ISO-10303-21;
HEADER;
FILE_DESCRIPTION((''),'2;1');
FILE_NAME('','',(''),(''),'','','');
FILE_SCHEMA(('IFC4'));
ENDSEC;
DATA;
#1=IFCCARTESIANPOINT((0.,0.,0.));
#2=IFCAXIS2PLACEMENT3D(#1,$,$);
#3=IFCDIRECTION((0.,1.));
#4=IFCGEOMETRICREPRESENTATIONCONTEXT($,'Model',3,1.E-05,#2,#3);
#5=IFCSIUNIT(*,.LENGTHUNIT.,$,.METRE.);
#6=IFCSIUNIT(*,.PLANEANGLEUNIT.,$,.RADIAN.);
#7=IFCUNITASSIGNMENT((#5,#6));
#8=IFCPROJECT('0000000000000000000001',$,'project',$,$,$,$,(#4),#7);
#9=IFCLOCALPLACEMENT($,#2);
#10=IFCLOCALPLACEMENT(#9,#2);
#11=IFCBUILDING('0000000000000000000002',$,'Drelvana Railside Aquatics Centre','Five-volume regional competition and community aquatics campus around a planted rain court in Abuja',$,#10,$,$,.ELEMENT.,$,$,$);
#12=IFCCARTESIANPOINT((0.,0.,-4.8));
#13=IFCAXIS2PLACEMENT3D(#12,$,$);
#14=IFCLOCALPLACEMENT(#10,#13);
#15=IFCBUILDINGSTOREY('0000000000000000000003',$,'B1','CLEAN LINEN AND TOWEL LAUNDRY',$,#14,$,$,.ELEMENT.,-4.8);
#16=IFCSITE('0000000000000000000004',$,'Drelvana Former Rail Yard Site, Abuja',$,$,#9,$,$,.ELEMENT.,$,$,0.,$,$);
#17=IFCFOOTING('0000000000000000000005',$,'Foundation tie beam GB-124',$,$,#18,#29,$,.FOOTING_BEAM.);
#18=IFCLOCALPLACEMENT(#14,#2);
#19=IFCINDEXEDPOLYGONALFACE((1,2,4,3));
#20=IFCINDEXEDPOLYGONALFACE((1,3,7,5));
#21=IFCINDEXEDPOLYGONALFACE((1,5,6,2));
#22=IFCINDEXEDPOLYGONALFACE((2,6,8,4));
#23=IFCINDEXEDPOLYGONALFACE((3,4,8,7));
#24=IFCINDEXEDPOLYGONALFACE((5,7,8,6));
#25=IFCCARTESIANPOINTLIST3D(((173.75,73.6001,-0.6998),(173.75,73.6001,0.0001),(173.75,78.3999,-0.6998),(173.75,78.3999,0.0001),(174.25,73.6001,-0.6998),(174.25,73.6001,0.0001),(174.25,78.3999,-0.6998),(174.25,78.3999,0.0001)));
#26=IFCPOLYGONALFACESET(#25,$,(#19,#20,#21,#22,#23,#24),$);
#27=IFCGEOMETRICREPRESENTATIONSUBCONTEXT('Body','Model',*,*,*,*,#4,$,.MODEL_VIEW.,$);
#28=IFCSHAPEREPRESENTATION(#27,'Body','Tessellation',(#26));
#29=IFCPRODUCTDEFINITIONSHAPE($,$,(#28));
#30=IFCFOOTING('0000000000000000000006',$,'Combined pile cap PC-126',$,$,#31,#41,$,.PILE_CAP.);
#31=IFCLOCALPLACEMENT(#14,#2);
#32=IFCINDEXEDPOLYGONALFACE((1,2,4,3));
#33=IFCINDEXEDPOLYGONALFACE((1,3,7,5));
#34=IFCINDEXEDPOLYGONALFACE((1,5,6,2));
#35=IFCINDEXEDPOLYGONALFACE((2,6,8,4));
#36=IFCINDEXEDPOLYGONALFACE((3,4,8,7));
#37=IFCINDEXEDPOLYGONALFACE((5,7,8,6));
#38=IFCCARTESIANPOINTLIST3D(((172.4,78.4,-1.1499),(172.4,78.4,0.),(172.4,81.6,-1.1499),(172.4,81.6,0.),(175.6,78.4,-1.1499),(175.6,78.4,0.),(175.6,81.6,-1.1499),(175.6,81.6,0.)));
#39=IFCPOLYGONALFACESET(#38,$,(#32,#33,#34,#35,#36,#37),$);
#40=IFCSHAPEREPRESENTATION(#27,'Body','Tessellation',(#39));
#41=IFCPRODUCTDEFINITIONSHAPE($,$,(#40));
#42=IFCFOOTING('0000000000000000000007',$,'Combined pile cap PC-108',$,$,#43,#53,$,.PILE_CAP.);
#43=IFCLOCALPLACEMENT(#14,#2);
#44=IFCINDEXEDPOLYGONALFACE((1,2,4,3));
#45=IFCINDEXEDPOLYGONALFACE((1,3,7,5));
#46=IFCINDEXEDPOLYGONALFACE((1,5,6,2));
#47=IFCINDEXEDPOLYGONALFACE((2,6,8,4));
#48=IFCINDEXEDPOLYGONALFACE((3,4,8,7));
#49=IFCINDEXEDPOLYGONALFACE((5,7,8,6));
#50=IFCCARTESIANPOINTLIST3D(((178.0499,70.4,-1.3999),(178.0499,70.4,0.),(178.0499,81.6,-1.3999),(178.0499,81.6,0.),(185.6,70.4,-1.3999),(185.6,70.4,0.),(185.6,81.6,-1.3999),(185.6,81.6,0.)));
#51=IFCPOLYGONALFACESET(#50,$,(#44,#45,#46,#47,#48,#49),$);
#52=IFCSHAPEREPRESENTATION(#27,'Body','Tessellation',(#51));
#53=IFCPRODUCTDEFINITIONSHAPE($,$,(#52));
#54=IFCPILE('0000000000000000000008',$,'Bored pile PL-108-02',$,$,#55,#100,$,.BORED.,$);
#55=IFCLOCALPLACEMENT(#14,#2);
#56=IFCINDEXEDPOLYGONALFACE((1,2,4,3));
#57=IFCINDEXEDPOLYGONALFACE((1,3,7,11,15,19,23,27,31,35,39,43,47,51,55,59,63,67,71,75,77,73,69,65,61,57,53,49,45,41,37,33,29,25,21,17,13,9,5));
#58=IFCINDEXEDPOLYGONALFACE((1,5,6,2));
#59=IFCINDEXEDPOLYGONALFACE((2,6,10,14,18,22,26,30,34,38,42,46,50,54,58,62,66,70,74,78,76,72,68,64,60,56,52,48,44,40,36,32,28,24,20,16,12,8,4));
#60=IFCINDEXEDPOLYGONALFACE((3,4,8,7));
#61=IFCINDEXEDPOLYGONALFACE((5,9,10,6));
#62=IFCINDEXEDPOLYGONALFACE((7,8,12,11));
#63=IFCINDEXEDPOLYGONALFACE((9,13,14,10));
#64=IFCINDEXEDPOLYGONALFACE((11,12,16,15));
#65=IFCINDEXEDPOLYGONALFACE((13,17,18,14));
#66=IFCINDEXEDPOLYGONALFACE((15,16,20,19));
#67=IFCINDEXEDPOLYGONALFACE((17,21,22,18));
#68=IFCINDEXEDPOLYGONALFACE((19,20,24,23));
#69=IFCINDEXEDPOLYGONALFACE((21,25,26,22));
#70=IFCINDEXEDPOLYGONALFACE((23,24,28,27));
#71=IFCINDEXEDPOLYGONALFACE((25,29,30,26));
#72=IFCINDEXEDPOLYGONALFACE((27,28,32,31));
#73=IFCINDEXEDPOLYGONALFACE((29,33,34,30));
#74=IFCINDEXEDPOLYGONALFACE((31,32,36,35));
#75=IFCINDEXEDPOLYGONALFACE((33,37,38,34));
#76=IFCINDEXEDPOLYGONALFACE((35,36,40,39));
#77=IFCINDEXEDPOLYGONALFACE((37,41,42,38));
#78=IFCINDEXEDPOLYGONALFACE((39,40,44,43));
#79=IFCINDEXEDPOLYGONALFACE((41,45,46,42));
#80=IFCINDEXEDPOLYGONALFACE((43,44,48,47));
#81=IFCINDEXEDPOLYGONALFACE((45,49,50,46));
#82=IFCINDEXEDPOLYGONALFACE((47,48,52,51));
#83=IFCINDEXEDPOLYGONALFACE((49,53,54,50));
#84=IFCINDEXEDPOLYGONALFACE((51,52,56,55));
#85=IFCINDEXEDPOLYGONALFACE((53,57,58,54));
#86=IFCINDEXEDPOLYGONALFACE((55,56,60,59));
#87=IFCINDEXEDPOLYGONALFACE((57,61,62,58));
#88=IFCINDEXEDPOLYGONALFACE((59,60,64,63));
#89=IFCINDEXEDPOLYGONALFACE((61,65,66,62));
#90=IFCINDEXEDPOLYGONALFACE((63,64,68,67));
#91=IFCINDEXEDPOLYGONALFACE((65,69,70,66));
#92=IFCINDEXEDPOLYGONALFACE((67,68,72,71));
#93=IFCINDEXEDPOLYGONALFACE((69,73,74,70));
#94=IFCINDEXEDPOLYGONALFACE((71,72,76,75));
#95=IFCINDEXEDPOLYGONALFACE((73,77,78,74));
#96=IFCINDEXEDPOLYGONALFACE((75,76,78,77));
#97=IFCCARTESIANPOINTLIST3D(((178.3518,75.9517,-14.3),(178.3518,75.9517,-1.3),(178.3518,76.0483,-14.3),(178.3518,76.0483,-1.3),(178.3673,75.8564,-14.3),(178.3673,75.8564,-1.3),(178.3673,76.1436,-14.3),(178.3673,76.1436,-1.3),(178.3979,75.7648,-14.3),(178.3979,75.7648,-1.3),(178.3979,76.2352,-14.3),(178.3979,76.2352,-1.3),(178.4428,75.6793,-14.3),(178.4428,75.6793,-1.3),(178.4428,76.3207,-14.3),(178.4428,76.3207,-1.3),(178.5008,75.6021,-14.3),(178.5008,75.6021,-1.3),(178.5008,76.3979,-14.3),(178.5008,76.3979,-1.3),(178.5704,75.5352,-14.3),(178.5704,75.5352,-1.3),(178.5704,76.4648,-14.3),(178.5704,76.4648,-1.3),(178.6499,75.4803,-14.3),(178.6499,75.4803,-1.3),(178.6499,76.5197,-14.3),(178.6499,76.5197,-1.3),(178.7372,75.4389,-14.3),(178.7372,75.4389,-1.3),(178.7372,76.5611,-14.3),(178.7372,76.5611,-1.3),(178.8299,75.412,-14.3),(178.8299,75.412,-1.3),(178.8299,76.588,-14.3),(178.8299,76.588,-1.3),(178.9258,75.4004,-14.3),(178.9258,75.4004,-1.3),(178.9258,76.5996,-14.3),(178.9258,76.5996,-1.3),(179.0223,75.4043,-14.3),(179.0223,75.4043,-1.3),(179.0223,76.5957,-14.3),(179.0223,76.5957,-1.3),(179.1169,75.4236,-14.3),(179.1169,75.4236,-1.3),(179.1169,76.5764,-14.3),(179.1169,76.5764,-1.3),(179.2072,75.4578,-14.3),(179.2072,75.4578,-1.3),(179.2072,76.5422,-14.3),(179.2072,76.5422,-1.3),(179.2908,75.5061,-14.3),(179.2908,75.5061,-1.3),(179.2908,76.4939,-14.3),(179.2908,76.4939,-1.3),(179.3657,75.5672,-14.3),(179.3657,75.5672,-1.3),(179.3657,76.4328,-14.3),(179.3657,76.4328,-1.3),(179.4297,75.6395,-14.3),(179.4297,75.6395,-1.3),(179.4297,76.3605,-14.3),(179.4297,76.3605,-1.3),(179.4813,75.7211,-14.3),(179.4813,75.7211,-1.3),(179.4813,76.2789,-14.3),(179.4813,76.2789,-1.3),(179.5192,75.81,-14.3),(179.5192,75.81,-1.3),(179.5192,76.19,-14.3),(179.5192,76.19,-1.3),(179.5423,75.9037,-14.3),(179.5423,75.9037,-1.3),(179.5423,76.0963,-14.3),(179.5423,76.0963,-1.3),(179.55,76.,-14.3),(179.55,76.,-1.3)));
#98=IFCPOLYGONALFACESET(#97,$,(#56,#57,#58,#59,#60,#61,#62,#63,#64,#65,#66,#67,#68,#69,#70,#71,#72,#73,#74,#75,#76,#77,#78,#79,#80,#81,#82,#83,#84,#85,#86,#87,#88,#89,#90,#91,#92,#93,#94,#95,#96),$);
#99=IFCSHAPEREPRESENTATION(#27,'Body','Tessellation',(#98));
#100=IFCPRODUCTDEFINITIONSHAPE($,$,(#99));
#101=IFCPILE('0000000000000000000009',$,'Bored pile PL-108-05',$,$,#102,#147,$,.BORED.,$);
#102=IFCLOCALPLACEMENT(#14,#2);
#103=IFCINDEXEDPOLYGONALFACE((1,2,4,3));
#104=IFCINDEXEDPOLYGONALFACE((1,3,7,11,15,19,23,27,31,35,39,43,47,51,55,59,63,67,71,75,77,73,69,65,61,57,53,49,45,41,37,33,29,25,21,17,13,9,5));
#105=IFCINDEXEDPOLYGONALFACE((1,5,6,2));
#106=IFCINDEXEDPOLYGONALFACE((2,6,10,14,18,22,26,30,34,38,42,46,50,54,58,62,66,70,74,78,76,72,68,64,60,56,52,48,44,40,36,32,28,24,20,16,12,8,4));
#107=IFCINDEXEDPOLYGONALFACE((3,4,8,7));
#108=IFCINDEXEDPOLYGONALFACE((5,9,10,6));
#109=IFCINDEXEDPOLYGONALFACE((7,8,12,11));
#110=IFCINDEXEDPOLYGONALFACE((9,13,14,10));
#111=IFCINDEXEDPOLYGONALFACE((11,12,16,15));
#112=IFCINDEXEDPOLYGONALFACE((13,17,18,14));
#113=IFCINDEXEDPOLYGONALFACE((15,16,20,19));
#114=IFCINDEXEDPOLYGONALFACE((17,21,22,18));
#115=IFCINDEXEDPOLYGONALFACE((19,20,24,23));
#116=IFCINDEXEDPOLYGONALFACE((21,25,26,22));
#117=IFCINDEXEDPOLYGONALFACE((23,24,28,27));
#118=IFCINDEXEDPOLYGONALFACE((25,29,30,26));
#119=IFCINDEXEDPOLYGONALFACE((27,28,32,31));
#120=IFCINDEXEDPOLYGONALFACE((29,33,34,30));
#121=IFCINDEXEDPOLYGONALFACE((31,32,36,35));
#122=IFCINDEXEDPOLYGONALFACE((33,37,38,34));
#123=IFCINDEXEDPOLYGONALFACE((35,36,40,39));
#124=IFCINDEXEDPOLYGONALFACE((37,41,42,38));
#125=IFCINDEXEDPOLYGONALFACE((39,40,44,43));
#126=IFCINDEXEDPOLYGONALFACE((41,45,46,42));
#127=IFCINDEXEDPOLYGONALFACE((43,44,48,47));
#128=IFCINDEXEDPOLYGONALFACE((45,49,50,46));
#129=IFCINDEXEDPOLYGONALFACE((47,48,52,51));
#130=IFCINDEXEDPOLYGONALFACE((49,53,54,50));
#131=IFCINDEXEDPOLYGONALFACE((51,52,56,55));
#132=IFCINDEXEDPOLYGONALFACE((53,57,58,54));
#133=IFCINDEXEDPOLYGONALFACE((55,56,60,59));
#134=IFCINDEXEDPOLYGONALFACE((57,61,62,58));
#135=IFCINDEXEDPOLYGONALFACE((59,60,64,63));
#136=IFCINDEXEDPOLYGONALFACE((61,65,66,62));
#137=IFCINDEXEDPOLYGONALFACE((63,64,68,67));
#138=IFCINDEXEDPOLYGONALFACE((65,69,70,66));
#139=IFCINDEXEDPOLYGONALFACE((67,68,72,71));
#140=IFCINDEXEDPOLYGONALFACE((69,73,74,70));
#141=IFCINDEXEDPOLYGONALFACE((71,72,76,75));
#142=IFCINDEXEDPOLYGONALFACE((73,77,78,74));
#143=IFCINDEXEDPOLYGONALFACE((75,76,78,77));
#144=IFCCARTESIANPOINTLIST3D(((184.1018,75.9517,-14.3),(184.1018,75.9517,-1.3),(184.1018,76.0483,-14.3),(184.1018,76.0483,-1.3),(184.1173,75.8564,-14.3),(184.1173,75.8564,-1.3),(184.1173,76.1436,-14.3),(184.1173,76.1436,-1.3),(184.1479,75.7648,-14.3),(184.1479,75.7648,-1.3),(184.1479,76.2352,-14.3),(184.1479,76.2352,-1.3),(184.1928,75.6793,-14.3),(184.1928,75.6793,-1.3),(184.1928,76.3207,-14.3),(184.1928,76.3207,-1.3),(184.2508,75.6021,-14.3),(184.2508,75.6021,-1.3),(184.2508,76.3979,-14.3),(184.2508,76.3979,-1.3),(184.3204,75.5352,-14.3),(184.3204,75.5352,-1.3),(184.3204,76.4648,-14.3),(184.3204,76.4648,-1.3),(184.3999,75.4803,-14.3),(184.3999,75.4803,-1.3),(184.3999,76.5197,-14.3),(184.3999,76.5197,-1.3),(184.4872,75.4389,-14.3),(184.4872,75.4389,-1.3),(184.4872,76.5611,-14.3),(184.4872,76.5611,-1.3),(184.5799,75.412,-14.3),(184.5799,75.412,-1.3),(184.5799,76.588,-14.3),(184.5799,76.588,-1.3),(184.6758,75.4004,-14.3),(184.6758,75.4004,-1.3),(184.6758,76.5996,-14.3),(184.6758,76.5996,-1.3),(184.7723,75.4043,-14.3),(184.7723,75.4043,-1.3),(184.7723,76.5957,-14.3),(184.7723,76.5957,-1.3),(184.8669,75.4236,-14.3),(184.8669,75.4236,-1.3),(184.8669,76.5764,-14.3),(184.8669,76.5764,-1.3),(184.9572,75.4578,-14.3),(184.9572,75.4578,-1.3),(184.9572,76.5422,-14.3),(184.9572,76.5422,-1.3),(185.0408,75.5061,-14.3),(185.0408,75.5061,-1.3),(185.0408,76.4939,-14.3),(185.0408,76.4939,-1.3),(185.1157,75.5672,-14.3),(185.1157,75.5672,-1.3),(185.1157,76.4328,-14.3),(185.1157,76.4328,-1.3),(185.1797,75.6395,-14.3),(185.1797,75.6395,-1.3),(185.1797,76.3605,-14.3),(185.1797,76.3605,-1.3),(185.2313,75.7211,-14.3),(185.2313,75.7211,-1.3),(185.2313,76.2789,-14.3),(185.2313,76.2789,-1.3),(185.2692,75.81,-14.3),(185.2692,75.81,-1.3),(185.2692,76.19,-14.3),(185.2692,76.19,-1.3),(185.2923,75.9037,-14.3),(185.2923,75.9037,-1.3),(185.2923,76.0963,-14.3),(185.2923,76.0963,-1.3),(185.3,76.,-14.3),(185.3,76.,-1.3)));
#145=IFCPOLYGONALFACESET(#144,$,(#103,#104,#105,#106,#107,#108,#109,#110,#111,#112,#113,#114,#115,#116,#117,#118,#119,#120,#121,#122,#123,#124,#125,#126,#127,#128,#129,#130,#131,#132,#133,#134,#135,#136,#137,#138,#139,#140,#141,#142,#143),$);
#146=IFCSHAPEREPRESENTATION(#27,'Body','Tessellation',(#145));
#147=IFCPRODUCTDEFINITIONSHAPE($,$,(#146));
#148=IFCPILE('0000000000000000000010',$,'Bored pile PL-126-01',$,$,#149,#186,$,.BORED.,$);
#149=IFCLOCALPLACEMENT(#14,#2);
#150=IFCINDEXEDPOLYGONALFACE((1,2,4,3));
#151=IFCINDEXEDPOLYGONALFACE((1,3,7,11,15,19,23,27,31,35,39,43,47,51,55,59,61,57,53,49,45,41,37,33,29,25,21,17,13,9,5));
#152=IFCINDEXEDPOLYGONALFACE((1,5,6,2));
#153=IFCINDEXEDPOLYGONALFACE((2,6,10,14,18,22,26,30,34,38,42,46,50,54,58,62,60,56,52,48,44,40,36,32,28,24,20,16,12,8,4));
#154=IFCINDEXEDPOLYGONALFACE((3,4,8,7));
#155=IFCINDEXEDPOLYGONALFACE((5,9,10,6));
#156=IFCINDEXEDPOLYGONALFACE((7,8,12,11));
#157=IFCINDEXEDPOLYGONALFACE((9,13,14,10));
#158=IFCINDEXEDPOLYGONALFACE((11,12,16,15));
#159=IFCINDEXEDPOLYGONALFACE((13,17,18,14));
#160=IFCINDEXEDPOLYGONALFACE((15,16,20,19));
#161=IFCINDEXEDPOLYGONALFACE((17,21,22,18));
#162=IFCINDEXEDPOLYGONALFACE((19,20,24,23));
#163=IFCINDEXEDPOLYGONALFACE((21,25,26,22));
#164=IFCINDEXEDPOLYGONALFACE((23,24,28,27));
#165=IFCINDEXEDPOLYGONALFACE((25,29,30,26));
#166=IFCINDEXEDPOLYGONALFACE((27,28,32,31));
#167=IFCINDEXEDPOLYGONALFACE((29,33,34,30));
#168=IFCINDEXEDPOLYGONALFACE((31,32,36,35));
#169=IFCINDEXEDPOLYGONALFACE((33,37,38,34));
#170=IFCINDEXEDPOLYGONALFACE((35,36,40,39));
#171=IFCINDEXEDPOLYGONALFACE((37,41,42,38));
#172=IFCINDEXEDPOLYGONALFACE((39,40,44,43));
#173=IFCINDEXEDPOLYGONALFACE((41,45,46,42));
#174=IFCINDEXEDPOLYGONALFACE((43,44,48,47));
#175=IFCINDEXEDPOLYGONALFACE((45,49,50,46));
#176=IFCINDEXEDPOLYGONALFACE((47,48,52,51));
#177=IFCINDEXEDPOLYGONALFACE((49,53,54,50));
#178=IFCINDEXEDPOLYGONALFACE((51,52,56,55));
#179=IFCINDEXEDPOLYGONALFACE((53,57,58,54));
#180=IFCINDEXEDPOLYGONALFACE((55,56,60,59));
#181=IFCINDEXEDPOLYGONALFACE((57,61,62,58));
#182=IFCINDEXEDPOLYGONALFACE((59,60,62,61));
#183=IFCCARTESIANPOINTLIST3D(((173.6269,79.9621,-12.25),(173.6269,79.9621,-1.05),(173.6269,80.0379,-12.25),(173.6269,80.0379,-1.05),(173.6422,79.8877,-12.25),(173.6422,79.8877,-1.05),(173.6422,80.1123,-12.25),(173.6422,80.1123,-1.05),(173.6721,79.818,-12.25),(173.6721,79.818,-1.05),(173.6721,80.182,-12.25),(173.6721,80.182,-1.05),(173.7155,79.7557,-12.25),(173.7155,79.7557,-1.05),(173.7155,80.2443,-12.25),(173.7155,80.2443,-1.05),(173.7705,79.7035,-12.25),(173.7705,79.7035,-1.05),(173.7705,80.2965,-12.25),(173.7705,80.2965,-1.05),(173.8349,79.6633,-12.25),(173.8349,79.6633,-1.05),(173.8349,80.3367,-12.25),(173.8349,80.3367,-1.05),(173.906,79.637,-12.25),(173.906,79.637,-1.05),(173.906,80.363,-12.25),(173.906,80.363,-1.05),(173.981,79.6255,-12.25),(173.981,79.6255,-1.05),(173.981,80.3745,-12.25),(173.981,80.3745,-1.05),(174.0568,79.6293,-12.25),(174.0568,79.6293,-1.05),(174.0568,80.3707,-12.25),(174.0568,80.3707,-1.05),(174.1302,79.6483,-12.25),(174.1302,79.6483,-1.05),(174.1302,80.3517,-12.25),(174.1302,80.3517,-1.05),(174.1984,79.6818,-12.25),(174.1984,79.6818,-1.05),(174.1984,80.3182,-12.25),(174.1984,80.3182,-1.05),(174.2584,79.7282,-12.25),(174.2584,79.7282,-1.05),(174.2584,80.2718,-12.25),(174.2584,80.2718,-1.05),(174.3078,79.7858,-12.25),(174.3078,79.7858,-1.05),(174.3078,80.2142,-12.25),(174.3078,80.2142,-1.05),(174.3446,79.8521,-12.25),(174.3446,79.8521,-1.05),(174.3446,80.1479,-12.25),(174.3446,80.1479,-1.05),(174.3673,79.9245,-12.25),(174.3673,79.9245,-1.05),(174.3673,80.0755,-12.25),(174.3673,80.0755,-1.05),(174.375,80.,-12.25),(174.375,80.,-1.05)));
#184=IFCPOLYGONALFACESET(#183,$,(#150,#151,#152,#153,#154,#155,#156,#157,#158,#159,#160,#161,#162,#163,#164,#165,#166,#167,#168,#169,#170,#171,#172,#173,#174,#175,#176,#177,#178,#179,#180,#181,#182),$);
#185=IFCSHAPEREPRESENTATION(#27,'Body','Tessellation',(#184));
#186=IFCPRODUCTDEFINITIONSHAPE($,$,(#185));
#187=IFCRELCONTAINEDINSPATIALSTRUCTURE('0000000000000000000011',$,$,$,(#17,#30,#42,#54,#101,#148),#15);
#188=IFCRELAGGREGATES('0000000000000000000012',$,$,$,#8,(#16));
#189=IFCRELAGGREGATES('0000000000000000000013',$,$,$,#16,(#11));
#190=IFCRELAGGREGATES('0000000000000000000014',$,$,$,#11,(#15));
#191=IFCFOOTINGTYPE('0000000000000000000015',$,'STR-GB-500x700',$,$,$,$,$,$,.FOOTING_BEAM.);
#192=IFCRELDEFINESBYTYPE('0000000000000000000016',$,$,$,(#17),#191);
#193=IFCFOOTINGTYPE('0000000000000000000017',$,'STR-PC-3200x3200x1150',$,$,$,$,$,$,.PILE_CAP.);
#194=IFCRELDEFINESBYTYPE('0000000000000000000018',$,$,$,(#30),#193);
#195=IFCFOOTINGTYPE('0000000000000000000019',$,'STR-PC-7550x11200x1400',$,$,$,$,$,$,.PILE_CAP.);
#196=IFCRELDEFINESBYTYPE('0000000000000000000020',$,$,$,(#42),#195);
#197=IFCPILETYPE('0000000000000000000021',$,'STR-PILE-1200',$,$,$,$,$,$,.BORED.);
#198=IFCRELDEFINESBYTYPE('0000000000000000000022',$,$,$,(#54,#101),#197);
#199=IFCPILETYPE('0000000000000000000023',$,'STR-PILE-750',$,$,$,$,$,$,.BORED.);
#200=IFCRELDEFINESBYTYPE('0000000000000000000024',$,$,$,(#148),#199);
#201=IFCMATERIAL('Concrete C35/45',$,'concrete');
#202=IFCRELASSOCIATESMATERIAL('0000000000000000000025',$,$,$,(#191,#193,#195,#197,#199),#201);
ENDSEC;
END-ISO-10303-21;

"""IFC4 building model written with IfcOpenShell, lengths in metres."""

from ifc_helpers import new_model, si_unit, direction, frame, origin, origin_2d, place, context, subcontext, project, spatial, rectangle, circle, extrude, material, material_profile, profile_set, type_object, element, save


model = new_model("IFC4")

# Units and contexts
model_context = context("Model", 3, precision=1e-05, world=origin(), true_north=direction((0.0, 1.0)))
body_context = subcontext(model_context, "Body", "Model", "MODEL_VIEW")
ifc_project = project(units=[si_unit("LENGTHUNIT", "METRE"), si_unit("PLANEANGLEUNIT", "RADIAN")], contexts=[model_context])

# Site, building, storey
site_placement = place(None, origin())
site = spatial("IfcSite", under=ifc_project, at=site_placement, Name="Drelvana Former Rail Yard Site, Abuja", CompositionType="ELEMENT", RefElevation=0.0)
building_placement = place(site_placement, origin())
building = spatial("IfcBuilding", under=site, at=building_placement, Name="Drelvana Railside Aquatics Centre", Description="Five-volume regional competition and community aquatics campus around a planted rain court in Abuja", CompositionType="ELEMENT")
storey_placement = place(building_placement, frame((0.0, 0.0, -4.8)))
storey = spatial("IfcBuildingStorey", under=building, at=storey_placement, Name="B1", Description="CLEAN LINEN AND TOWEL LAUNDRY", CompositionType="ELEMENT", Elevation=-4.8)

# Footings
ifc_material_1 = material(Name="Concrete C35/45", Category="concrete")
ifc_material_profile_1 = material_profile(ifc_material_1, rectangle(XDim=0.5, YDim=0.7, at=origin_2d()), Name="GB 500x700")
ifc_profile_set_1 = profile_set([ifc_material_profile_1], Name="Concrete C35/45")
footing_type_1 = type_object("IfcFootingType", Name="STR-GB-500x700", PredefinedType="FOOTING_BEAM", material=ifc_profile_set_1)
footing_1_placement = place(storey_placement, frame((174.0, 73.6001, -0.3499), z_axis=(0.0, 1.0, 0.0), x_axis=(-1.0, 0.0, 0.0)))
element("IfcFooting", 1, at=footing_1_placement, inside=storey, type_object=footing_type_1, Name="Foundation tie beam GB-124", PredefinedType="FOOTING_BEAM", context=body_context, shape_type="SweptSolid", body=[
    extrude(rectangle(XDim=0.5, YDim=0.7, at=origin_2d()), origin(), (0.0, 0.0, 1.0), 4.7998),
])
footing_type_2 = type_object("IfcFootingType", Name="STR-PC-3200x3200x1150", PredefinedType="PILE_CAP", material=ifc_material_1)
footing_2_placement = place(storey_placement, frame((174.0, 80.0, -1.1499), z_axis=(0.0, 0.0, 1.0), x_axis=(1.0, 0.0, 0.0)))
element("IfcFooting", 2, at=footing_2_placement, inside=storey, type_object=footing_type_2, Name="Combined pile cap PC-126", PredefinedType="PILE_CAP", context=body_context, shape_type="SweptSolid", body=[
    extrude(rectangle(XDim=3.2, YDim=3.2, at=origin_2d()), origin(), (0.0, 0.0, 1.0), 1.1499),
])
footing_type_3 = type_object("IfcFootingType", Name="STR-PC-7550x11200x1400", PredefinedType="PILE_CAP", material=ifc_material_1)
footing_3_placement = place(storey_placement, frame((181.825, 76.0, -1.3999), z_axis=(0.0, 0.0, 1.0), x_axis=(1.0, 0.0, 0.0)))
element("IfcFooting", 3, at=footing_3_placement, inside=storey, type_object=footing_type_3, Name="Combined pile cap PC-108", PredefinedType="PILE_CAP", context=body_context, shape_type="SweptSolid", body=[
    extrude(rectangle(XDim=7.55, YDim=11.2, at=origin_2d()), origin(), (0.0, 0.0, 1.0), 1.3999),
])

# Piles
ifc_material_profile_2 = material_profile(ifc_material_1, circle(Radius=0.6001, at=origin_2d()), Name="PILE D1200")
ifc_profile_set_2 = profile_set([ifc_material_profile_2], Name="Concrete C35/45")
pile_type_1 = type_object("IfcPileType", Name="STR-PILE-1200", PredefinedType="BORED", material=ifc_profile_set_2)
for number, where, z_axis, x_axis, name in (
    (4, (178.95, 76.0, -1.3), (0.0, 0.0, -1.0), (1.0, 0.0, 0.0), "Bored pile PL-108-02"),
    (5, (184.7, 76.0, -1.3), (0.0, 0.0, -1.0), (1.0, 0.0, 0.0), "Bored pile PL-108-05"),
):
    element("IfcPile", number, at=place(storey_placement, frame(where, z_axis=z_axis, x_axis=x_axis)), inside=storey, type_object=pile_type_1, Name=name, PredefinedType="BORED", context=body_context, shape_type="SweptSolid", body=[
        extrude(circle(Radius=0.6001, at=origin_2d()), origin(), (0.0, 0.0, 1.0), 13.0),
    ])
ifc_material_profile_3 = material_profile(ifc_material_1, circle(Radius=0.375, at=origin_2d()), Name="PILE D750")
ifc_profile_set_3 = profile_set([ifc_material_profile_3], Name="Concrete C35/45")
pile_type_2 = type_object("IfcPileType", Name="STR-PILE-750", PredefinedType="BORED", material=ifc_profile_set_3)
pile_placement = place(storey_placement, frame((174.0, 80.0, -1.05), z_axis=(0.0, 0.0, -1.0), x_axis=(1.0, 0.0, 0.0)))
element("IfcPile", 6, at=pile_placement, inside=storey, type_object=pile_type_2, Name="Bored pile PL-126-01", PredefinedType="BORED", context=body_context, shape_type="SweptSolid", body=[
    extrude(circle(Radius=0.375, at=origin_2d()), origin(), (0.0, 0.0, 1.0), 11.2),
])

save(model, "model.ifc")
